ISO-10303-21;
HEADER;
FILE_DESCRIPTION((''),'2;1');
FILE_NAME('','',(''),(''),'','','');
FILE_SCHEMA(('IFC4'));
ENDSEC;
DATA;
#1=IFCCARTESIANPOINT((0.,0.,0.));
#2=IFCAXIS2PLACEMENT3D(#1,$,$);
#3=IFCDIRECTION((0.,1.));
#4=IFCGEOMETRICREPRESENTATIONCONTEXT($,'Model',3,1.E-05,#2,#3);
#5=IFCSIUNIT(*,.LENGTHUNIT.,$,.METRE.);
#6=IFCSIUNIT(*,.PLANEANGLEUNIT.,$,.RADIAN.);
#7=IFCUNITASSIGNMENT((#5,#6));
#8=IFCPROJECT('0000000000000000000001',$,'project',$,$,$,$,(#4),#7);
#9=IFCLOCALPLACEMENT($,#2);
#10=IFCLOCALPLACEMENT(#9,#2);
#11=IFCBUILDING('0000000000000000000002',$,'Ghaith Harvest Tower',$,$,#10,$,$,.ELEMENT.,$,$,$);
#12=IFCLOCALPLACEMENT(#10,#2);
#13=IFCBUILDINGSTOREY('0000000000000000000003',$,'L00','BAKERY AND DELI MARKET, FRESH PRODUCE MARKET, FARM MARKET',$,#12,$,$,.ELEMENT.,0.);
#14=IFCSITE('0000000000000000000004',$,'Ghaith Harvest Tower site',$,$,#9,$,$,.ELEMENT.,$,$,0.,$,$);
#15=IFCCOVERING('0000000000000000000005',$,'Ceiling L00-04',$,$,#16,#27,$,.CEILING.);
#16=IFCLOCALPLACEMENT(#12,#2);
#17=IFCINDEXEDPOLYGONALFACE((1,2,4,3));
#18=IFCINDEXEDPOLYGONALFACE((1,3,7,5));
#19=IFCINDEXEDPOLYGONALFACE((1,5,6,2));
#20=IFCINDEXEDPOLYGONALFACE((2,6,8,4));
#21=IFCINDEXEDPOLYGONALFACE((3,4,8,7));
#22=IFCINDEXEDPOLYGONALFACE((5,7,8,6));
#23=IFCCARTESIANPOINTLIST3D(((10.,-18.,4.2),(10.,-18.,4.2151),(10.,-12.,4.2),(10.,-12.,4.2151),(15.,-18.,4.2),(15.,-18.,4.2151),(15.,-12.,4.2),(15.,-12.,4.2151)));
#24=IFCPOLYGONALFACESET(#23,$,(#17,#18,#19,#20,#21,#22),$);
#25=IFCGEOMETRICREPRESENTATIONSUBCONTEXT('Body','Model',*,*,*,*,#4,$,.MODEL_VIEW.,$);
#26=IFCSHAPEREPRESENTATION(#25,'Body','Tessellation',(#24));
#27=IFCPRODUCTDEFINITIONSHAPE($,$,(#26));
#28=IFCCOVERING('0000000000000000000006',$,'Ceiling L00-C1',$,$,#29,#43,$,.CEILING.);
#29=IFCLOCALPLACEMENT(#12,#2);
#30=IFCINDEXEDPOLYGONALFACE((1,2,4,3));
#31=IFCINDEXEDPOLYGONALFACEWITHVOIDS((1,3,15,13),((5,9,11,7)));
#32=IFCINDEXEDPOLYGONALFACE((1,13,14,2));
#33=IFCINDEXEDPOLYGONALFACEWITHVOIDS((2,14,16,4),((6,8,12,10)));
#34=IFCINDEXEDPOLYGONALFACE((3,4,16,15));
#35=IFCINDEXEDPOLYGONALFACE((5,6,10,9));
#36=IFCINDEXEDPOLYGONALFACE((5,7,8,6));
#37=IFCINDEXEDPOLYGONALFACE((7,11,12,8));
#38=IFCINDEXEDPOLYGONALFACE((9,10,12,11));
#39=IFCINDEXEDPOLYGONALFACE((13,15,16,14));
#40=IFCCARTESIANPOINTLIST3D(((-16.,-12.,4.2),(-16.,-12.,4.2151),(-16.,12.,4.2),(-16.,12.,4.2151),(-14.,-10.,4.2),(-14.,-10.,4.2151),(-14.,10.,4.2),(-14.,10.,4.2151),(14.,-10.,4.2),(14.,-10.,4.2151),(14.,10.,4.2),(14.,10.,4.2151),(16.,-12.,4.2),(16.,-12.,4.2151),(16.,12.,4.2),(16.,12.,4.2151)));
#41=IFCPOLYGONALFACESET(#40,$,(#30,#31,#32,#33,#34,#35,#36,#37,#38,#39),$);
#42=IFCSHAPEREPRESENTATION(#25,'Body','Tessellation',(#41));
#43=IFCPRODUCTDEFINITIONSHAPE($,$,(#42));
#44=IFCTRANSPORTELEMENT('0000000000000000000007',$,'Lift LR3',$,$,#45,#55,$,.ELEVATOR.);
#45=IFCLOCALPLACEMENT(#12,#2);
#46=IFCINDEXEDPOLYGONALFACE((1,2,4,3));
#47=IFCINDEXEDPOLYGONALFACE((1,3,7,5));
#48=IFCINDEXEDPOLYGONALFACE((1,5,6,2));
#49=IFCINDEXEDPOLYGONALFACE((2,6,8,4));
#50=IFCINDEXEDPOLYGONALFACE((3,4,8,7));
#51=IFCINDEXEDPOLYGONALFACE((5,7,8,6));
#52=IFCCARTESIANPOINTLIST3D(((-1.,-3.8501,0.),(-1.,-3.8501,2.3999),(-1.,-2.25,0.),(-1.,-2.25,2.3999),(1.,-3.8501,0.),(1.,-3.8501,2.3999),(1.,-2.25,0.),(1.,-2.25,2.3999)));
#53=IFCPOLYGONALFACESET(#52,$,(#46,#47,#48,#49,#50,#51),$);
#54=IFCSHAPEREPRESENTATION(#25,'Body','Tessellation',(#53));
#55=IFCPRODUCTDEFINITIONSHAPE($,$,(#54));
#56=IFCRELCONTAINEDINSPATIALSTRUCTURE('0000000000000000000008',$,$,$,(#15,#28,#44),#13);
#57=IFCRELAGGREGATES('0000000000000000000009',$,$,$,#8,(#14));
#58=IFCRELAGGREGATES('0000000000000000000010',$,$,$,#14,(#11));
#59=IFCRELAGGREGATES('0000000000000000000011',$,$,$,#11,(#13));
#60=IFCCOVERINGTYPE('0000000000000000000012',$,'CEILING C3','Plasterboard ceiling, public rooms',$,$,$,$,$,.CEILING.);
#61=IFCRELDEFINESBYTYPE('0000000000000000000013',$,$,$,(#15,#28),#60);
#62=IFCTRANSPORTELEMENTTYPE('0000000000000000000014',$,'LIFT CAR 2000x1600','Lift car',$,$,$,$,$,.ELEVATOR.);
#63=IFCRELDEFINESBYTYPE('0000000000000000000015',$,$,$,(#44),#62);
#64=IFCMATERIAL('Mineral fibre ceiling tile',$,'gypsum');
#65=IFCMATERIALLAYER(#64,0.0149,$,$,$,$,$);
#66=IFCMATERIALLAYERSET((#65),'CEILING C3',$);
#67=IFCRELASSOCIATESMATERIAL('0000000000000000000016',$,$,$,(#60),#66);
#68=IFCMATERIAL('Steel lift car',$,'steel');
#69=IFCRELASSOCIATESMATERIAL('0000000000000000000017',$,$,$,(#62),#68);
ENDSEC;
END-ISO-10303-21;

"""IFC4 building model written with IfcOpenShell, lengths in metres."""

from ifc_helpers import new_model, si_unit, direction, frame, origin, origin_2d, place, context, subcontext, project, spatial, polyline, rectangle, outline, extrude, material, layer, layer_set, type_object, element, save


model = new_model("IFC4")

# Units and contexts
model_context = context("Model", 3, precision=1e-05, world=origin(), true_north=direction((0.0, 1.0)))
body_context = subcontext(model_context, "Body", "Model", "MODEL_VIEW")
ifc_project = project(units=[si_unit("LENGTHUNIT", "METRE"), si_unit("PLANEANGLEUNIT", "RADIAN")], contexts=[model_context])

# Site, building, storey
site_placement = place(None, origin())
site = spatial("IfcSite", under=ifc_project, at=site_placement, Name="Ghaith Harvest Tower site", CompositionType="ELEMENT", RefElevation=0.0)
building_placement = place(site_placement, origin())
building = spatial("IfcBuilding", under=site, at=building_placement, Name="Ghaith Harvest Tower", CompositionType="ELEMENT")
storey_placement = place(building_placement, origin())
storey = spatial("IfcBuildingStorey", under=building, at=storey_placement, Name="L00", Description="BAKERY AND DELI MARKET, FRESH PRODUCE MARKET, FARM MARKET", CompositionType="ELEMENT", Elevation=0.0)

# Coverings
ifc_material_1 = material(Name="Mineral fibre ceiling tile", Category="gypsum")
ifc_layer_1 = layer(ifc_material_1, 0.0149)
ifc_layer_set_1 = layer_set([ifc_layer_1], Name="CEILING C3")
covering_type = type_object("IfcCoveringType", Name="CEILING C3", Description="Plasterboard ceiling, public rooms", PredefinedType="CEILING", material=ifc_layer_set_1)
covering_1_placement = place(storey_placement, frame((0.0, 0.0, 4.2)))
element("IfcCovering", 1, at=covering_1_placement, inside=storey, type_object=covering_type, Name="Ceiling L00-04", PredefinedType="CEILING", context=body_context, shape_type="SweptSolid", body=[
    extrude(outline(polyline([(10.0, -18.0), (15.0, -18.0), (15.0, -12.0), (10.0, -12.0), (10.0, -18.0)])), origin(), (0.0, 0.0, 1.0), 0.0151),
])
covering_2_placement = place(storey_placement, frame((0.0, 0.0, 4.2)))
element("IfcCovering", 2, at=covering_2_placement, inside=storey, type_object=covering_type, Name="Ceiling L00-C1", PredefinedType="CEILING", context=body_context, shape_type="SweptSolid", body=[
    extrude(outline(polyline([(16.0, -12.0), (-16.0, -12.0), (-16.0, 12.0), (16.0, 12.0), (16.0, -12.0)]), holes=[polyline([(-14.0, 10.0), (-14.0, -10.0), (14.0, -10.0), (14.0, 10.0), (-14.0, 10.0)])]), origin(), (0.0, 0.0, 1.0), 0.0151),
])

# Transport element
ifc_material_2 = material(Name="Steel lift car", Category="steel")
transport_element_type = type_object("IfcTransportElementType", Name="LIFT CAR 2000x1600", Description="Lift car", PredefinedType="ELEVATOR", material=ifc_material_2)
transport_element_placement = place(storey_placement, frame((0.0, -3.05, 0.0), z_axis=(0.0, 0.0, 1.0), x_axis=(1.0, 0.0, 0.0)))
element("IfcTransportElement", 3, at=transport_element_placement, inside=storey, type_object=transport_element_type, Name="Lift LR3", PredefinedType="ELEVATOR", context=body_context, shape_type="SweptSolid", body=[
    extrude(rectangle(XDim=2.0, YDim=1.6001, at=origin_2d()), origin(), (0.0, 0.0, 1.0), 2.3999),
])

save(model, "model.ifc")
